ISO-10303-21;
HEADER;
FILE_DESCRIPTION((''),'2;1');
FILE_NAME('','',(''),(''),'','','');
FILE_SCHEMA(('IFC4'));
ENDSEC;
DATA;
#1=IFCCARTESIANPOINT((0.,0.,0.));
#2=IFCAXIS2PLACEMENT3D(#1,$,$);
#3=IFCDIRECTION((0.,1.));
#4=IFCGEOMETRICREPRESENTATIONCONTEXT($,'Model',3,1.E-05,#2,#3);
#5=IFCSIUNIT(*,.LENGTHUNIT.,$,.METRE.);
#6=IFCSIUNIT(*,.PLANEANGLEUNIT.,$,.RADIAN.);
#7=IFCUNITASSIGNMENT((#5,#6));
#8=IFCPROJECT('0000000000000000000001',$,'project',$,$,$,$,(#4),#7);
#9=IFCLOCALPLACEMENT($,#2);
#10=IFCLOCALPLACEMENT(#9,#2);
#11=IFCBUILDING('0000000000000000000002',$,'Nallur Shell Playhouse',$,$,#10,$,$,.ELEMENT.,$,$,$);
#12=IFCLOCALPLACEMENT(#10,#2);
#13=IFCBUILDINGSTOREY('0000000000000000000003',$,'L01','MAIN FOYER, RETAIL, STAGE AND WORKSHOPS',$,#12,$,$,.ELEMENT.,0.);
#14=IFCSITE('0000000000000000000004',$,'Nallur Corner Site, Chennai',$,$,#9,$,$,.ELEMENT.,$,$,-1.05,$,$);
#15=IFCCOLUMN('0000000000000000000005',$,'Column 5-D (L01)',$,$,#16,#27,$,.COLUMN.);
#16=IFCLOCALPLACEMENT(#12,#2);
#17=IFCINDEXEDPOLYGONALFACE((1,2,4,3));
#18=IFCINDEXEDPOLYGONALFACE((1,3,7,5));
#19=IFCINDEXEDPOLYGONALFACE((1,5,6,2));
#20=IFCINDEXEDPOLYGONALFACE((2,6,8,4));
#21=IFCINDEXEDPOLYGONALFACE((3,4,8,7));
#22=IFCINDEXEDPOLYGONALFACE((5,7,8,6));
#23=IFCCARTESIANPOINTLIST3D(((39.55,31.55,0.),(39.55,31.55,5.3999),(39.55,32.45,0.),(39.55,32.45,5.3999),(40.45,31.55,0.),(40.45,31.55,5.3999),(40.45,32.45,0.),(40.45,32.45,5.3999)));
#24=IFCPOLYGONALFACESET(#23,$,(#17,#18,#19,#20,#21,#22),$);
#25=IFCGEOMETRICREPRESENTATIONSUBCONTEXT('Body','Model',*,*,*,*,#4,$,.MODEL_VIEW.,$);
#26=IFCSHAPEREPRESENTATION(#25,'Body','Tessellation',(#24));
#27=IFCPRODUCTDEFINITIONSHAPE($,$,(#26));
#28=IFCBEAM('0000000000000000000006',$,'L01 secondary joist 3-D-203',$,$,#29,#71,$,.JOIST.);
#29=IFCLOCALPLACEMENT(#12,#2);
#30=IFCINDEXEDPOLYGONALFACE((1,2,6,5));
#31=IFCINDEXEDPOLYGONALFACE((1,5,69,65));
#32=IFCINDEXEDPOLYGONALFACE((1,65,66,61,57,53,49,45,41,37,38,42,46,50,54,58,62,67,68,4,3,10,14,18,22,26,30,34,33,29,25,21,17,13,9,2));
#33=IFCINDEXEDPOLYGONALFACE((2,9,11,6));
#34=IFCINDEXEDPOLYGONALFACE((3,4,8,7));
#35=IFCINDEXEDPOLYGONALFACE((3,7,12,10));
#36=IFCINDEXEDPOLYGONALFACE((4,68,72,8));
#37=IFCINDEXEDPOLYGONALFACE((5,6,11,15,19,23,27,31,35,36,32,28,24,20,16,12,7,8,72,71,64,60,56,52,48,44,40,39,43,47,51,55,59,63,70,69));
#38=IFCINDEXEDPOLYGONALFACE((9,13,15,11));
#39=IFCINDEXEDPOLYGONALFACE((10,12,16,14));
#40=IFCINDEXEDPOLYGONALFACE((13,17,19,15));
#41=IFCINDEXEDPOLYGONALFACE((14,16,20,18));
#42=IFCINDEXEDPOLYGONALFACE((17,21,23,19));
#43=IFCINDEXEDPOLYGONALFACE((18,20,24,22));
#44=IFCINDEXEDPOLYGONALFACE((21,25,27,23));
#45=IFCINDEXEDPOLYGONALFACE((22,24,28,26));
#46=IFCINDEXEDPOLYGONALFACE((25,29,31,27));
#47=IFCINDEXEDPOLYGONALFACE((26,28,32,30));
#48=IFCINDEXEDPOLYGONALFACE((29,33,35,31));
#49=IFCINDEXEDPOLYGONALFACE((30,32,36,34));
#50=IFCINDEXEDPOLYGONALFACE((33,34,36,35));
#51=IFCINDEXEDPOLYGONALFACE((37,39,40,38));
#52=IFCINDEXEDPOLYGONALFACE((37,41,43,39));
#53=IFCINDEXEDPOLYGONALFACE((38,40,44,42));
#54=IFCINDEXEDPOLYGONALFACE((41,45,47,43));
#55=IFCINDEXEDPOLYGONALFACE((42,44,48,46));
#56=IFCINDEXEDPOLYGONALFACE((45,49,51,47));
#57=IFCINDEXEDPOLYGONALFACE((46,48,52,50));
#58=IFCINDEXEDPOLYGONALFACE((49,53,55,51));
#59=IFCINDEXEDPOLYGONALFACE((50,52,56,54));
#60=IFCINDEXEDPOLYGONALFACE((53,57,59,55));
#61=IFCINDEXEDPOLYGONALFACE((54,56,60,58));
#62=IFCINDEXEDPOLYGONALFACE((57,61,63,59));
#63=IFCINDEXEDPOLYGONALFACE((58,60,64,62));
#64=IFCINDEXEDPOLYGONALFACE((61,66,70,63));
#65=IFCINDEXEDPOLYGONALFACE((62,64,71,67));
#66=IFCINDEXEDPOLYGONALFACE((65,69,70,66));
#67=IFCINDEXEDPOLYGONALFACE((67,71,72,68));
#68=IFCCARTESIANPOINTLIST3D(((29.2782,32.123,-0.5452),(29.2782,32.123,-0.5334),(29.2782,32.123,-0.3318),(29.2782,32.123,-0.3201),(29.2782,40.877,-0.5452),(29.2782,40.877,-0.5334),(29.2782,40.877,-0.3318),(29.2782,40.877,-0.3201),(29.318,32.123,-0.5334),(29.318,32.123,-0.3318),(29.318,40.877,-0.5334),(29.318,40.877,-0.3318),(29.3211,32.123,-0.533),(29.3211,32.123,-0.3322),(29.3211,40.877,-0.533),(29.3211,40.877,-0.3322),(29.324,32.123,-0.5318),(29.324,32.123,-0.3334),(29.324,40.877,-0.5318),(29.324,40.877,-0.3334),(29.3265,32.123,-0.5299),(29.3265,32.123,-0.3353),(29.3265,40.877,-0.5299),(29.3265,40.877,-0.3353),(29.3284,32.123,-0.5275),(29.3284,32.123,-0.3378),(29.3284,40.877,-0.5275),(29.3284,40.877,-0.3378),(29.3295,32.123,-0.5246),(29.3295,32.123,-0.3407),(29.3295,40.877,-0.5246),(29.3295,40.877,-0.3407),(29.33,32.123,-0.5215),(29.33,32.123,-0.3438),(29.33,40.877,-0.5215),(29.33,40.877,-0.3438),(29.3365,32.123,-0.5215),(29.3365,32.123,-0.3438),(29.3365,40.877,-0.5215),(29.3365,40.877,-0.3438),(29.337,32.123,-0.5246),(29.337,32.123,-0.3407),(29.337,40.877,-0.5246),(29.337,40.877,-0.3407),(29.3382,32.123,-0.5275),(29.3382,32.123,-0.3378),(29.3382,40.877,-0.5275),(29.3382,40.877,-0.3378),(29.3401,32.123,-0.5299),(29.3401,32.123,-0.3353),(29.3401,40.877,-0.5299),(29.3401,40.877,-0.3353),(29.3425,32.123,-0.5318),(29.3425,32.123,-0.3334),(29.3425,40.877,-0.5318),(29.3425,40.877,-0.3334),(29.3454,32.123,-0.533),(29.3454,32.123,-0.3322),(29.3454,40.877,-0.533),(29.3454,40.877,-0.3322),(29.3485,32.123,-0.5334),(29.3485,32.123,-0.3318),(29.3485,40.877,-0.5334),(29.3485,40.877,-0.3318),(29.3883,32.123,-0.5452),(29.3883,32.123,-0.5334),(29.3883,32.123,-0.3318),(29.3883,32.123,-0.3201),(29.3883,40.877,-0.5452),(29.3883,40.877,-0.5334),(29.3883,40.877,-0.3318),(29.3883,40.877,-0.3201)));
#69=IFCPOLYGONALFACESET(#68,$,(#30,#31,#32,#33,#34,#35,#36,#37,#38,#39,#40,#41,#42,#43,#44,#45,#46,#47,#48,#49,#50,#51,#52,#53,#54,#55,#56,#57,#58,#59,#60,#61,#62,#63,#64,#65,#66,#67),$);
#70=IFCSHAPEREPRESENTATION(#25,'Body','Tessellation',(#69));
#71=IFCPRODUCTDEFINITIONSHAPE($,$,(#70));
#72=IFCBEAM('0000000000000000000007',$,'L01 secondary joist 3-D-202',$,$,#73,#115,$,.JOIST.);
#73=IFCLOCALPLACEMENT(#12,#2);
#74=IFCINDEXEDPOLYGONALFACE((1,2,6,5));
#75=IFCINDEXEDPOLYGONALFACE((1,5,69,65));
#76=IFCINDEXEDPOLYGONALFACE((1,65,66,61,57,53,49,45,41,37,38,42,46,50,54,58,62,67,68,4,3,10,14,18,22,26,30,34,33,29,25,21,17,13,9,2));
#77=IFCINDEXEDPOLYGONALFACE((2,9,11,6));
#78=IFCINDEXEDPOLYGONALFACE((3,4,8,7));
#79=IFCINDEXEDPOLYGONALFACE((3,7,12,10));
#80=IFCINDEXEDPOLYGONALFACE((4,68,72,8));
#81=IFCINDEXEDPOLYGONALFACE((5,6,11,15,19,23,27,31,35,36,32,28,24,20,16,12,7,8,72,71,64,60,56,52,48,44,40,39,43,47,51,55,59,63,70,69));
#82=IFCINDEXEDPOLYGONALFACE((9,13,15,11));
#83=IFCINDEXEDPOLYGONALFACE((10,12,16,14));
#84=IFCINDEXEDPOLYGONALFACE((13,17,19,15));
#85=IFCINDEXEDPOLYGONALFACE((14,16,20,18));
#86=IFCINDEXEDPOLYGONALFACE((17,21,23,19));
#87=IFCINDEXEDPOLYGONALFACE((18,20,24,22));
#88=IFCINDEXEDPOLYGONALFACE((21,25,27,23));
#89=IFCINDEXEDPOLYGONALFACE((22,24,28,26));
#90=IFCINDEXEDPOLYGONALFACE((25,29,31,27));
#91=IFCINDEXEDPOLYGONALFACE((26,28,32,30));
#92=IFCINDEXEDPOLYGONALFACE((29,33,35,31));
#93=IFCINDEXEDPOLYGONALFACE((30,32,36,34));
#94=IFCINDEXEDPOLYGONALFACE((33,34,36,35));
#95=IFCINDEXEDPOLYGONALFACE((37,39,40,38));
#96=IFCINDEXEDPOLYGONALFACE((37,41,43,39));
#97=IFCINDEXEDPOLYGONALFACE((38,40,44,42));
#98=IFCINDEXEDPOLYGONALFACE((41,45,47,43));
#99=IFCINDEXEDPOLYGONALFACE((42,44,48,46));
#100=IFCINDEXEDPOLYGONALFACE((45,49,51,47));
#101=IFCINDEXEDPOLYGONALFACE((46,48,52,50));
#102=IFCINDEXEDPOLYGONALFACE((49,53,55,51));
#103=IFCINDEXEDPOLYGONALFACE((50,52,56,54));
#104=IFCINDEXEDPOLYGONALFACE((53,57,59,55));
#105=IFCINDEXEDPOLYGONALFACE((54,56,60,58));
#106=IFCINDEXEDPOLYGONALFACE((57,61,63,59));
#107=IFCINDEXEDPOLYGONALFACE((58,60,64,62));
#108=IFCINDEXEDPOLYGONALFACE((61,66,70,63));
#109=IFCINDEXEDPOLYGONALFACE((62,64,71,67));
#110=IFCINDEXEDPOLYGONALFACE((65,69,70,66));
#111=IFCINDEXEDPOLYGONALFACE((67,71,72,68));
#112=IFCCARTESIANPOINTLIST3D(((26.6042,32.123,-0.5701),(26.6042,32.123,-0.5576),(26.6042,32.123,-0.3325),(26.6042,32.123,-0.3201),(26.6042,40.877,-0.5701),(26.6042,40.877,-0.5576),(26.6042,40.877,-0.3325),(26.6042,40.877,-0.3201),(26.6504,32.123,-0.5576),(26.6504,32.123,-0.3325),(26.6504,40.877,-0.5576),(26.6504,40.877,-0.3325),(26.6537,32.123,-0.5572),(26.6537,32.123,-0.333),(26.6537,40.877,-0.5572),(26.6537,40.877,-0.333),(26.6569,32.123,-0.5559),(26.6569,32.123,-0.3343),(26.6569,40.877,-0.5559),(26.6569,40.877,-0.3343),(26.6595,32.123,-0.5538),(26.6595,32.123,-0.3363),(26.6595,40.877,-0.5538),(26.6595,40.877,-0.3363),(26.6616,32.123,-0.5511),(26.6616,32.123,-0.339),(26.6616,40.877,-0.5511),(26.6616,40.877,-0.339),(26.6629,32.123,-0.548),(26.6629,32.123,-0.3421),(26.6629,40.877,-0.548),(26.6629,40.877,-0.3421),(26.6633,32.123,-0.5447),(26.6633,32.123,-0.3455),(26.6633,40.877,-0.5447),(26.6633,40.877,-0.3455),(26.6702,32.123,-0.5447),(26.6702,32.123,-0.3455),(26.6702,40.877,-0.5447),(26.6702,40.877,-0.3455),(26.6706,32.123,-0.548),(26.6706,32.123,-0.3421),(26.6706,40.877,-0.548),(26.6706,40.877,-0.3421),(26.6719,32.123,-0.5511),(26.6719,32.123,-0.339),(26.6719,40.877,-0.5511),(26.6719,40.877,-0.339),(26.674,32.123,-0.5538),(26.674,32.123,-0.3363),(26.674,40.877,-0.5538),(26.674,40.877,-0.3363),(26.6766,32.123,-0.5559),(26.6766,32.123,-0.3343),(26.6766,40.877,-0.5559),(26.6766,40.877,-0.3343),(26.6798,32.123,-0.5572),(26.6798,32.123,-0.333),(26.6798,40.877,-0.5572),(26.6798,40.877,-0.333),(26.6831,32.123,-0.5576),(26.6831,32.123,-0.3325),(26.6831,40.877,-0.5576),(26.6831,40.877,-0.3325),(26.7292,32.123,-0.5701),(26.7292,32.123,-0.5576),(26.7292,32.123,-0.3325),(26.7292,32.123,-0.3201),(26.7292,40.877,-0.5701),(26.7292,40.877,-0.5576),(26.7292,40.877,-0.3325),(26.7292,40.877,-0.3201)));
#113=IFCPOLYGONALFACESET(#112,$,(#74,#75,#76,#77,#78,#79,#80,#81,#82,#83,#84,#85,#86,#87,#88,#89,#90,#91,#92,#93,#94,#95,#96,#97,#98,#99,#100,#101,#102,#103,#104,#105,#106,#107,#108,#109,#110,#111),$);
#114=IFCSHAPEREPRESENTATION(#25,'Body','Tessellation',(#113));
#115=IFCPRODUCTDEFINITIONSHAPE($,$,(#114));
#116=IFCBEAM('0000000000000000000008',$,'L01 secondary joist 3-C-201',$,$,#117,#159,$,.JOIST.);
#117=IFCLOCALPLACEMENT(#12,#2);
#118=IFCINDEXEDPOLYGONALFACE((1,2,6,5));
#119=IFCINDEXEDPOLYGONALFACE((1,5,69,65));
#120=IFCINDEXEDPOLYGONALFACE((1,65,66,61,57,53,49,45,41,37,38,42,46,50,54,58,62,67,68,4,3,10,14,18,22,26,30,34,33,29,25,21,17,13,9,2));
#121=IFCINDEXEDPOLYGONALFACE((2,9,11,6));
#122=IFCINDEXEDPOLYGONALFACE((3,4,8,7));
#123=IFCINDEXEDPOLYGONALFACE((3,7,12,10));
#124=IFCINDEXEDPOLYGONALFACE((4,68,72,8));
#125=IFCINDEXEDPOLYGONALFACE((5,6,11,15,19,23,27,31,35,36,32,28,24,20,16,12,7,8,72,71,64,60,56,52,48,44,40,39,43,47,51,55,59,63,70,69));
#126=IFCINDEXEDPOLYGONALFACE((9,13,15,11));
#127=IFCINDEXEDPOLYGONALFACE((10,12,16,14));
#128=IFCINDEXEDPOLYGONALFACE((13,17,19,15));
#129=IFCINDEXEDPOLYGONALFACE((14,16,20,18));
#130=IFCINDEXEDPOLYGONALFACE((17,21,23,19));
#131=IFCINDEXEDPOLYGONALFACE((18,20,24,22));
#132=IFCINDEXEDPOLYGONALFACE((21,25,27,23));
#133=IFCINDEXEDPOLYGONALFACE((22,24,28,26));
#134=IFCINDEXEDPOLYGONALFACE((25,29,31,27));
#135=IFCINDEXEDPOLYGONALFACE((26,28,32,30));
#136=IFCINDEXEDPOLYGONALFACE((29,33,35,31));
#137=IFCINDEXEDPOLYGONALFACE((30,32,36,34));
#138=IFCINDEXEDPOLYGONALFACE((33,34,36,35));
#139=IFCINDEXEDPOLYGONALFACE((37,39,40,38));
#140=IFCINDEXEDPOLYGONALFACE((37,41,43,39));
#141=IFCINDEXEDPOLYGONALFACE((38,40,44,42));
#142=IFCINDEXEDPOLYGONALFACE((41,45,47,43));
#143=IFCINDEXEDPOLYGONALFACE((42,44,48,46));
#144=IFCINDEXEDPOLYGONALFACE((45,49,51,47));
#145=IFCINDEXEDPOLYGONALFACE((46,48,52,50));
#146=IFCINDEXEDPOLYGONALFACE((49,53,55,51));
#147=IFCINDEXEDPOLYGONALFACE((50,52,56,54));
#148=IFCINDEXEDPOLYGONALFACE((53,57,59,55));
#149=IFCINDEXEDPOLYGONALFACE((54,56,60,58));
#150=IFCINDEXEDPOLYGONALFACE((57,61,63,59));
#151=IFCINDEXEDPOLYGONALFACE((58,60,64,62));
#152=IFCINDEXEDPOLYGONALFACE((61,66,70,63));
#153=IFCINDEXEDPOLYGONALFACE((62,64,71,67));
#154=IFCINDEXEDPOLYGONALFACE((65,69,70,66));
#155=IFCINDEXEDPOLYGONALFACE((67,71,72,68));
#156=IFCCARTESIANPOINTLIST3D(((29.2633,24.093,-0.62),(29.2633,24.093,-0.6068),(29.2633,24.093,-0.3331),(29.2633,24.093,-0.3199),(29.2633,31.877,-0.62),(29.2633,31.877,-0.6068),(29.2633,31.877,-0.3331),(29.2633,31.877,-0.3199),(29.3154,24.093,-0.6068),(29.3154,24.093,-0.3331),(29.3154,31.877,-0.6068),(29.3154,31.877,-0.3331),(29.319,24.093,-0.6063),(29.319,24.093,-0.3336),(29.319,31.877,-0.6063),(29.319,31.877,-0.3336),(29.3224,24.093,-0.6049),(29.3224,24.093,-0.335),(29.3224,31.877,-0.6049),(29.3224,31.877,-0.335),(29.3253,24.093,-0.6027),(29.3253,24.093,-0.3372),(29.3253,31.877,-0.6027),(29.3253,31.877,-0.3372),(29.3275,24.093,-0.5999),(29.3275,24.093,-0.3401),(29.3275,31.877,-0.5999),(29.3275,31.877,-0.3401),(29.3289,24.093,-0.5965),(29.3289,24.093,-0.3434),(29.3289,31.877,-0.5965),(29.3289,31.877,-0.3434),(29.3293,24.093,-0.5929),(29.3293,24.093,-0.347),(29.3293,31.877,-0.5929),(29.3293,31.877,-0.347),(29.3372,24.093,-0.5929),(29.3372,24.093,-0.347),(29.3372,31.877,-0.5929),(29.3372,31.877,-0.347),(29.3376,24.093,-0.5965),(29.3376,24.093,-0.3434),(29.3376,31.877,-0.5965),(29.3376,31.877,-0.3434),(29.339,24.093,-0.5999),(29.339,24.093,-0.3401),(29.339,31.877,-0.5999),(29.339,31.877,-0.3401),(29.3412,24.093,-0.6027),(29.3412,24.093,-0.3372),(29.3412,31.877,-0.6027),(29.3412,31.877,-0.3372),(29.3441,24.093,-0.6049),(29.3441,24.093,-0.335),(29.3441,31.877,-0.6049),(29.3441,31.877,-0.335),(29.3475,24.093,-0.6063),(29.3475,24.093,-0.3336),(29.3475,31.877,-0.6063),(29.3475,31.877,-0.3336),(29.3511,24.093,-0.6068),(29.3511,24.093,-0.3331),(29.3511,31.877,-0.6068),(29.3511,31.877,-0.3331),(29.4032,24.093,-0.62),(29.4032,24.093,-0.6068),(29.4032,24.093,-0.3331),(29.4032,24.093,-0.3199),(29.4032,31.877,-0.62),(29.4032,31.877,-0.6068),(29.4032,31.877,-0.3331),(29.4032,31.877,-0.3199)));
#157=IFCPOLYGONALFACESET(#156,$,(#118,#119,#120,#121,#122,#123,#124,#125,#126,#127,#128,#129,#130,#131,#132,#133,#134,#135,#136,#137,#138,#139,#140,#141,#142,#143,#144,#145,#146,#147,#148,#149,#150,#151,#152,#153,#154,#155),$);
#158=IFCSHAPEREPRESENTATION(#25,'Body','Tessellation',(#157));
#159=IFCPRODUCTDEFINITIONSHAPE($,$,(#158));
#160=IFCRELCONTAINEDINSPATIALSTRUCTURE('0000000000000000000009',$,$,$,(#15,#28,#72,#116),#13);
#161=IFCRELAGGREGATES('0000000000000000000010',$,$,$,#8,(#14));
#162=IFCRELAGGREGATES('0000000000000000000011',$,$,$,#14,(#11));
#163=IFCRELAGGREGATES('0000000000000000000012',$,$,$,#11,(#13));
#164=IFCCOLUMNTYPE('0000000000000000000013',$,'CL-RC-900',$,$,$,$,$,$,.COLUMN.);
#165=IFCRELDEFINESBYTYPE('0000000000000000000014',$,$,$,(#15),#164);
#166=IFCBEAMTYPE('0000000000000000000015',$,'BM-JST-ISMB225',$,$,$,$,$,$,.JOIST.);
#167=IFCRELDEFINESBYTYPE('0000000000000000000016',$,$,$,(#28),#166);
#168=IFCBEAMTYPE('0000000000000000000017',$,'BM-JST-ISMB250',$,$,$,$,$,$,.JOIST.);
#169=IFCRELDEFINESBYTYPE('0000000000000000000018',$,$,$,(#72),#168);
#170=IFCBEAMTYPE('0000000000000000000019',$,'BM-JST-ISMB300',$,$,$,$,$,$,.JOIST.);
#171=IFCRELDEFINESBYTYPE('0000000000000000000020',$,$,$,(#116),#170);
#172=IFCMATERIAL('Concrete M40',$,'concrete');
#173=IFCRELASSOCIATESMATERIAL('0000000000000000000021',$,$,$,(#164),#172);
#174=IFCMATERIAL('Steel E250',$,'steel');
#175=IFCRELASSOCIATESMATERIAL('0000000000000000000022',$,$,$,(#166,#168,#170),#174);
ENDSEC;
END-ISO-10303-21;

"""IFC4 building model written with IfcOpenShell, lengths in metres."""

from ifc_helpers import new_model, si_unit, direction, frame, origin, origin_2d, place, context, subcontext, project, spatial, rectangle, i_section, extrude, material, material_profile, profile_set, type_object, element, save


model = new_model("IFC4")

# Units and contexts
model_context = context("Model", 3, precision=1e-05, world=origin(), true_north=direction((0.0, 1.0)))
body_context = subcontext(model_context, "Body", "Model", "MODEL_VIEW")
ifc_project = project(units=[si_unit("LENGTHUNIT", "METRE"), si_unit("PLANEANGLEUNIT", "RADIAN")], contexts=[model_context])

# Site, building, storey
site_placement = place(None, origin())
site = spatial("IfcSite", under=ifc_project, at=site_placement, Name="Nallur Corner Site, Chennai", CompositionType="ELEMENT", RefElevation=-1.05)
building_placement = place(site_placement, origin())
building = spatial("IfcBuilding", under=site, at=building_placement, Name="Nallur Shell Playhouse", CompositionType="ELEMENT")
storey_placement = place(building_placement, origin())
storey = spatial("IfcBuildingStorey", under=building, at=storey_placement, Name="L01", Description="MAIN FOYER, RETAIL, STAGE AND WORKSHOPS", CompositionType="ELEMENT", Elevation=0.0)

# Column
ifc_material_1 = material(Name="Concrete M40", Category="concrete")
ifc_material_profile_1 = material_profile(ifc_material_1, rectangle(XDim=0.8999, YDim=0.8999, at=origin_2d()), Name="RC 900x900")
ifc_profile_set_1 = profile_set([ifc_material_profile_1], Name="Concrete M40")
column_type = type_object("IfcColumnType", Name="CL-RC-900", PredefinedType="COLUMN", material=ifc_profile_set_1)
column_placement = place(storey_placement, frame((40.0, 32.0, 0.0), z_axis=(0.0, 0.0, 1.0), x_axis=(1.0, 0.0, 0.0)))
element("IfcColumn", 1, at=column_placement, inside=storey, type_object=column_type, Name="Column 5-D (L01)", PredefinedType="COLUMN", context=body_context, shape_type="SweptSolid", body=[
    extrude(rectangle(XDim=0.8999, YDim=0.8999, at=origin_2d()), origin(), (0.0, 0.0, 1.0), 5.3999),
])

# Beams
ifc_material_2 = material(Name="Steel E250", Category="steel")
ifc_material_profile_2 = material_profile(ifc_material_2, i_section(OverallWidth=0.1101, OverallDepth=0.2251, WebThickness=0.0066, FlangeThickness=0.0117, FilletRadius=0.012, at=origin_2d()), Name="ISMB 225")
ifc_profile_set_2 = profile_set([ifc_material_profile_2], Name="Steel E250")
beam_type_1 = type_object("IfcBeamType", Name="BM-JST-ISMB225", PredefinedType="JOIST", material=ifc_profile_set_2)
beam_1_placement = place(storey_placement, frame((29.3333, 32.123, -0.4326), z_axis=(0.0, 1.0, 0.0), x_axis=(-1.0, 0.0, 0.0)))
element("IfcBeam", 2, at=beam_1_placement, inside=storey, type_object=beam_type_1, Name="L01 secondary joist 3-D-203", PredefinedType="JOIST", context=body_context, shape_type="SweptSolid", body=[
    extrude(i_section(OverallWidth=0.1101, OverallDepth=0.2251, WebThickness=0.0066, FlangeThickness=0.0117, FilletRadius=0.012, at=origin_2d()), origin(), (0.0, 0.0, 1.0), 8.7539),
])
ifc_material_profile_3 = material_profile(ifc_material_2, i_section(OverallWidth=0.125, OverallDepth=0.25, WebThickness=0.0068, FlangeThickness=0.0125, FilletRadius=0.0129, at=origin_2d()), Name="ISMB 250")
ifc_profile_set_3 = profile_set([ifc_material_profile_3], Name="Steel E250")
beam_type_2 = type_object("IfcBeamType", Name="BM-JST-ISMB250", PredefinedType="JOIST", material=ifc_profile_set_3)
beam_2_placement = place(storey_placement, frame((26.6667, 32.123, -0.4451), z_axis=(0.0, 1.0, 0.0), x_axis=(-1.0, 0.0, 0.0)))
element("IfcBeam", 3, at=beam_2_placement, inside=storey, type_object=beam_type_2, Name="L01 secondary joist 3-D-202", PredefinedType="JOIST", context=body_context, shape_type="SweptSolid", body=[
    extrude(i_section(OverallWidth=0.125, OverallDepth=0.25, WebThickness=0.0068, FlangeThickness=0.0125, FilletRadius=0.0129, at=origin_2d()), origin(), (0.0, 0.0, 1.0), 8.7539),
])
ifc_material_profile_4 = material_profile(ifc_material_2, i_section(OverallWidth=0.1399, OverallDepth=0.3, WebThickness=0.0078, FlangeThickness=0.0132, FilletRadius=0.0139, at=origin_2d()), Name="ISMB 300")
ifc_profile_set_4 = profile_set([ifc_material_profile_4], Name="Steel E250")
beam_type_3 = type_object("IfcBeamType", Name="BM-JST-ISMB300", PredefinedType="JOIST", material=ifc_profile_set_4)
beam_3_placement = place(storey_placement, frame((29.3333, 24.093, -0.47), z_axis=(0.0, 1.0, 0.0), x_axis=(-1.0, 0.0, 0.0)))
element("IfcBeam", 4, at=beam_3_placement, inside=storey, type_object=beam_type_3, Name="L01 secondary joist 3-C-201", PredefinedType="JOIST", context=body_context, shape_type="SweptSolid", body=[
    extrude(i_section(OverallWidth=0.1399, OverallDepth=0.3, WebThickness=0.0078, FlangeThickness=0.0132, FilletRadius=0.0139, at=origin_2d()), origin(), (0.0, 0.0, 1.0), 7.7839),
])

save(model, "model.ifc")
